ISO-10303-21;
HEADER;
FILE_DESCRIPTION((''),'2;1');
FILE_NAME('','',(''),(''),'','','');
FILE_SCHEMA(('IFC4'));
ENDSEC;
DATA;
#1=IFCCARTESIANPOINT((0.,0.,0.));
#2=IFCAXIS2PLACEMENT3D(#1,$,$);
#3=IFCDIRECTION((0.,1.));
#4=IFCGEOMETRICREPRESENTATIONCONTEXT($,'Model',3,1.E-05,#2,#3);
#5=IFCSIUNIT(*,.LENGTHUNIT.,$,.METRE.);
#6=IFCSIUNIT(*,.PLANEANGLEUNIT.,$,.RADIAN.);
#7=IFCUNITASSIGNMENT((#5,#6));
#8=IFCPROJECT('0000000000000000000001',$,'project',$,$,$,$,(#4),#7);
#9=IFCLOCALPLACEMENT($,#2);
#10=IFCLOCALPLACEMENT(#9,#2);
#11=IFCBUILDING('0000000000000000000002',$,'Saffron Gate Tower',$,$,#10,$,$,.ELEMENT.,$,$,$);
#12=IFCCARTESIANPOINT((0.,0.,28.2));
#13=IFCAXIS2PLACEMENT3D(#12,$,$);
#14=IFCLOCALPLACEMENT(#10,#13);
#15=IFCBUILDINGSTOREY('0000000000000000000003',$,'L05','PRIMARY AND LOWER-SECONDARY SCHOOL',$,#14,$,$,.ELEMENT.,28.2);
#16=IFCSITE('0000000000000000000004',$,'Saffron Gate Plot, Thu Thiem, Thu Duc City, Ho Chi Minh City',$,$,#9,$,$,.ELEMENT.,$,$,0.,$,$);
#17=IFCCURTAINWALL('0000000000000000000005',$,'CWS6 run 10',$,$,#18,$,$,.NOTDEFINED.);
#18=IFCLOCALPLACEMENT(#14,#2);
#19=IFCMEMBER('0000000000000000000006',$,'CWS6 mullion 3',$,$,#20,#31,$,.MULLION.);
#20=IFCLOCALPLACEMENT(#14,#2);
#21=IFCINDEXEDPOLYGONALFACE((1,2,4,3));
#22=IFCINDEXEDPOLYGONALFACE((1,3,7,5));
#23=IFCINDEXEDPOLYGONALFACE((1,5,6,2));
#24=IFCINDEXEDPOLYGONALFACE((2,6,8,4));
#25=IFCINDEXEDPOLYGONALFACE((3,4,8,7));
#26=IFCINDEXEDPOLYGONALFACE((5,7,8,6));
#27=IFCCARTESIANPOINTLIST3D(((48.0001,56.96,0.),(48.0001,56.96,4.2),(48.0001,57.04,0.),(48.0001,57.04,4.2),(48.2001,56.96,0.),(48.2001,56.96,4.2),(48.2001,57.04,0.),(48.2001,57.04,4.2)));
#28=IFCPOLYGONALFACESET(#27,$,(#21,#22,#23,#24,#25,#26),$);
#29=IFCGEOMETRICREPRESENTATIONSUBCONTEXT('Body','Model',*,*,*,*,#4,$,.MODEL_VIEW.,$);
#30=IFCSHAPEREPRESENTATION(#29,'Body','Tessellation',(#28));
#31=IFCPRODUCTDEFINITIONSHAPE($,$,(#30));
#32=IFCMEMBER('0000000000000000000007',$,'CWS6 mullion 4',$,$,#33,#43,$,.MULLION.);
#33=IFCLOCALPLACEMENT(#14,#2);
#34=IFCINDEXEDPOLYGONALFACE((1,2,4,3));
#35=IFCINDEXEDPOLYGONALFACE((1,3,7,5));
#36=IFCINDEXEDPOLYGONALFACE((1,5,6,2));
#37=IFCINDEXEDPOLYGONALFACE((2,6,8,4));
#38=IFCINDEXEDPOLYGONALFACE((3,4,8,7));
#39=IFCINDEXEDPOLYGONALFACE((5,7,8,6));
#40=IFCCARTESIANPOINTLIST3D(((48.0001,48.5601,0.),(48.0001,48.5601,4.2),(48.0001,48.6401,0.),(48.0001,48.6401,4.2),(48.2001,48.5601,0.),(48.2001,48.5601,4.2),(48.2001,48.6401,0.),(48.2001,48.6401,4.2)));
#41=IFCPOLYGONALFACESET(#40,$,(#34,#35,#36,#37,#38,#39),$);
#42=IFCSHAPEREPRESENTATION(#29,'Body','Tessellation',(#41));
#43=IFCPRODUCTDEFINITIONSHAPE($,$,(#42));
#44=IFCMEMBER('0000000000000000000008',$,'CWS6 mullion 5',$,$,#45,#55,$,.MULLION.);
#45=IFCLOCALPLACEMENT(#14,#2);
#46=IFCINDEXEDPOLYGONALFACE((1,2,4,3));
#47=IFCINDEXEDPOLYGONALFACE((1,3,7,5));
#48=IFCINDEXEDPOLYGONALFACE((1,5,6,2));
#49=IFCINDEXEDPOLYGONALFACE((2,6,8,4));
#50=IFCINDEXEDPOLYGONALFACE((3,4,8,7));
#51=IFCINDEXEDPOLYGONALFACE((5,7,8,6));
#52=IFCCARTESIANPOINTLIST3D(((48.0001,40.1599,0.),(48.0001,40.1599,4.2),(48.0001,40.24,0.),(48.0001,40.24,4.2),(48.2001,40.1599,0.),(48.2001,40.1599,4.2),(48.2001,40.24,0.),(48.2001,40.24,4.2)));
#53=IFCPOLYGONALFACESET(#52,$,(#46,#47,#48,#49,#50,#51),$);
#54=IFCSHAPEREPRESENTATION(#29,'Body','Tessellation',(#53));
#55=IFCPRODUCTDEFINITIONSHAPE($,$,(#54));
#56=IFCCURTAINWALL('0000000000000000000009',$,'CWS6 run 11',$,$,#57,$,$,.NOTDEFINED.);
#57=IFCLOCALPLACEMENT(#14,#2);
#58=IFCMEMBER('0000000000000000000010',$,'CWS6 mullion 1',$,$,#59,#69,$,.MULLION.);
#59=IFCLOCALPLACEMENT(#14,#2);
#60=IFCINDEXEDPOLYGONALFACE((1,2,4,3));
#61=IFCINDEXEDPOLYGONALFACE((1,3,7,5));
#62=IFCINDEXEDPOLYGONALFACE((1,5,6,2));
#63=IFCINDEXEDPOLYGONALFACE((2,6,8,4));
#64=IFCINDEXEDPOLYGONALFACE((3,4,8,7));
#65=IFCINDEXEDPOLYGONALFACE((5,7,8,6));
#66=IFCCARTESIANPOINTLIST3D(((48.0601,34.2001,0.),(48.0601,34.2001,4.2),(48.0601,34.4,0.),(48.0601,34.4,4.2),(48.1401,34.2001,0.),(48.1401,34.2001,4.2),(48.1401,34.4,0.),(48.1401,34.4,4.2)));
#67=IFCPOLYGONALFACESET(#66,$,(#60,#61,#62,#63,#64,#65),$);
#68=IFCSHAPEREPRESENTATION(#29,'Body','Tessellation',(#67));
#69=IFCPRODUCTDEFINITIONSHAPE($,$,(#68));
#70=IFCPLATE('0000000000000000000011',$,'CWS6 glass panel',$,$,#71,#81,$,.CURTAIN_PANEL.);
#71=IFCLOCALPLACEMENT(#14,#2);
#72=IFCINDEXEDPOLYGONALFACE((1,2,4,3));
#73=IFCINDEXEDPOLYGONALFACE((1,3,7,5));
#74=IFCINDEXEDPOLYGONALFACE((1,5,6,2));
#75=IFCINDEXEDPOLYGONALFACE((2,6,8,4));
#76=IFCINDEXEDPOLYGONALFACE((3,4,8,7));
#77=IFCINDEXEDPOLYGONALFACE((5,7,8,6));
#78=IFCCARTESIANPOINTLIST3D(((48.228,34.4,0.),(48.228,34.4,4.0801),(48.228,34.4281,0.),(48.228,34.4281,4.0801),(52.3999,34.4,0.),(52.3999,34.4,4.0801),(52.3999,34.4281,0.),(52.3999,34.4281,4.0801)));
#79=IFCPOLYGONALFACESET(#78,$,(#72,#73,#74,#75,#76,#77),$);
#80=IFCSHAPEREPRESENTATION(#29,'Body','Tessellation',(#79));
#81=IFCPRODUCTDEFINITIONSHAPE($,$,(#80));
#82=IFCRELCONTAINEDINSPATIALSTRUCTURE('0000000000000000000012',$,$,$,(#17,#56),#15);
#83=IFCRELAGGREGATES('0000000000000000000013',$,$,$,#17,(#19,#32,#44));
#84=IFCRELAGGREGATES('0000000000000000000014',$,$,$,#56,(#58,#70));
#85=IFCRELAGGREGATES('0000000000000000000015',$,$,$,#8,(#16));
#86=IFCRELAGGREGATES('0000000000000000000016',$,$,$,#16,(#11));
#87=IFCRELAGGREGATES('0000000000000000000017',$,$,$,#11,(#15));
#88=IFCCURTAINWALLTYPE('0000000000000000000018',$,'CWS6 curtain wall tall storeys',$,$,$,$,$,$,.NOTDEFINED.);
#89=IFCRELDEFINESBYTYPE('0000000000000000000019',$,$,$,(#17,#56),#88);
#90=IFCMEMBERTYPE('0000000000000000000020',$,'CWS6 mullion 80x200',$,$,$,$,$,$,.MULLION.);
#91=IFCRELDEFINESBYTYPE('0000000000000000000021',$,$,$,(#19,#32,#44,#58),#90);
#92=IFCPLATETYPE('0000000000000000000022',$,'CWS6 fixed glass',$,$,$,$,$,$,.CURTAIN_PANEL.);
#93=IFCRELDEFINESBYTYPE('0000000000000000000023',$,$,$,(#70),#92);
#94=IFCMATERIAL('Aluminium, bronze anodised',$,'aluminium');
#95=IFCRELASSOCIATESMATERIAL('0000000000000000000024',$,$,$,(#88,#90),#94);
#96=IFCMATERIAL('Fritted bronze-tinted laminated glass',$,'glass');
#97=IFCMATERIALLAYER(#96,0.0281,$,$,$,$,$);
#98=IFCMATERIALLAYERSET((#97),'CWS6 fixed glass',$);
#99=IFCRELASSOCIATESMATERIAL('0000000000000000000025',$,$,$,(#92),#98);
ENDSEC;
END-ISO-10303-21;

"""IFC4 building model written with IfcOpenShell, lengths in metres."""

from ifc_helpers import new_model, si_unit, direction, frame, frame_2d, origin, origin_2d, place, context, subcontext, project, spatial, rectangle, extrude, material, layer, layer_set, material_profile, profile_set, type_object, element, aggregate, save


model = new_model("IFC4")

# Units and contexts
model_context = context("Model", 3, precision=1e-05, world=origin(), true_north=direction((0.0, 1.0)))
body_context = subcontext(model_context, "Body", "Model", "MODEL_VIEW")
ifc_project = project(units=[si_unit("LENGTHUNIT", "METRE"), si_unit("PLANEANGLEUNIT", "RADIAN")], contexts=[model_context])

# Site, building, storey
site_placement = place(None, origin())
site = spatial("IfcSite", under=ifc_project, at=site_placement, Name="Saffron Gate Plot, Thu Thiem, Thu Duc City, Ho Chi Minh City", CompositionType="ELEMENT", RefElevation=0.0)
building_placement = place(site_placement, origin())
building = spatial("IfcBuilding", under=site, at=building_placement, Name="Saffron Gate Tower", CompositionType="ELEMENT")
storey_placement = place(building_placement, frame((0.0, 0.0, 28.2)))
storey = spatial("IfcBuildingStorey", under=building, at=storey_placement, Name="L05", Description="PRIMARY AND LOWER-SECONDARY SCHOOL", CompositionType="ELEMENT", Elevation=28.2)

# Curtain wall, members
ifc_material_1 = material(Name="Aluminium, bronze anodised", Category="aluminium")
curtain_wall_type = type_object("IfcCurtainWallType", Name="CWS6 curtain wall tall storeys", PredefinedType="NOTDEFINED", material=ifc_material_1)
curtain_wall_1_placement = place(storey_placement, origin())
curtain_wall_1 = element("IfcCurtainWall", 1, at=curtain_wall_1_placement, inside=storey, type_object=curtain_wall_type, Name="CWS6 run 10", PredefinedType="NOTDEFINED")
ifc_material_profile = material_profile(ifc_material_1, rectangle(XDim=0.2, YDim=0.0801, at=origin_2d()))
ifc_profile_set = profile_set([ifc_material_profile], Name="Aluminium, bronze anodised")
member_type = type_object("IfcMemberType", Name="CWS6 mullion 80x200", PredefinedType="MULLION", material=ifc_profile_set)
member_1_placement = place(storey_placement, frame((48.1001, 57.0, 0.0), z_axis=(0.0, 0.0, 1.0), x_axis=(1.0, 0.0, 0.0)))
member_1 = element("IfcMember", 2, at=member_1_placement, type_object=member_type, Name="CWS6 mullion 3", PredefinedType="MULLION", context=body_context, shape_type="SweptSolid", body=[
    extrude(rectangle(XDim=0.2, YDim=0.0801, at=origin_2d()), origin(), (0.0, 0.0, 1.0), 4.2),
])
member_2_placement = place(storey_placement, frame((48.1001, 48.6001, 0.0), z_axis=(0.0, 0.0, 1.0), x_axis=(1.0, 0.0, 0.0)))
member_2 = element("IfcMember", 3, at=member_2_placement, type_object=member_type, Name="CWS6 mullion 4", PredefinedType="MULLION", context=body_context, shape_type="SweptSolid", body=[
    extrude(rectangle(XDim=0.2, YDim=0.0801, at=origin_2d()), origin(), (0.0, 0.0, 1.0), 4.2),
])
member_3_placement = place(storey_placement, frame((48.1001, 40.2, 0.0), z_axis=(0.0, 0.0, 1.0), x_axis=(1.0, 0.0, 0.0)))
member_3 = element("IfcMember", 4, at=member_3_placement, type_object=member_type, Name="CWS6 mullion 5", PredefinedType="MULLION", context=body_context, shape_type="SweptSolid", body=[
    extrude(rectangle(XDim=0.2, YDim=0.0801, at=origin_2d()), origin(), (0.0, 0.0, 1.0), 4.2),
])
aggregate(curtain_wall_1, [member_1, member_2, member_3])

# Curtain wall, member, plate
curtain_wall_2_placement = place(storey_placement, origin())
curtain_wall_2 = element("IfcCurtainWall", 5, at=curtain_wall_2_placement, inside=storey, type_object=curtain_wall_type, Name="CWS6 run 11", PredefinedType="NOTDEFINED")
member_4_placement = place(storey_placement, frame((48.1001, 34.3, 0.0), z_axis=(0.0, 0.0, 1.0), x_axis=(0.0, 1.0, 0.0)))
member_4 = element("IfcMember", 6, at=member_4_placement, type_object=member_type, Name="CWS6 mullion 1", PredefinedType="MULLION", context=body_context, shape_type="SweptSolid", body=[
    extrude(rectangle(XDim=0.2, YDim=0.0801, at=origin_2d()), origin(), (0.0, 0.0, 1.0), 4.2),
])
ifc_material_2 = material(Name="Fritted bronze-tinted laminated glass", Category="glass")
ifc_layer_1 = layer(ifc_material_2, 0.0281)
ifc_layer_set_1 = layer_set([ifc_layer_1], Name="CWS6 fixed glass")
plate_type_1 = type_object("IfcPlateType", Name="CWS6 fixed glass", PredefinedType="CURTAIN_PANEL", material=ifc_layer_set_1)
plate_1_placement = place(storey_placement, frame((48.228, 34.4141, 0.0), z_axis=(0.0, 0.0, 1.0), x_axis=(1.0, 0.0, 0.0)))
plate_1 = element("IfcPlate", 7, at=plate_1_placement, type_object=plate_type_1, Name="CWS6 glass panel", PredefinedType="CURTAIN_PANEL", context=body_context, shape_type="SweptSolid", body=[
    extrude(rectangle(XDim=4.1719, YDim=0.0281, at=frame_2d((2.0859, 0.0))), origin(), (0.0, 0.0, 1.0), 4.0801),
])
aggregate(curtain_wall_2, [member_4, plate_1])

save(model, "model.ifc")
